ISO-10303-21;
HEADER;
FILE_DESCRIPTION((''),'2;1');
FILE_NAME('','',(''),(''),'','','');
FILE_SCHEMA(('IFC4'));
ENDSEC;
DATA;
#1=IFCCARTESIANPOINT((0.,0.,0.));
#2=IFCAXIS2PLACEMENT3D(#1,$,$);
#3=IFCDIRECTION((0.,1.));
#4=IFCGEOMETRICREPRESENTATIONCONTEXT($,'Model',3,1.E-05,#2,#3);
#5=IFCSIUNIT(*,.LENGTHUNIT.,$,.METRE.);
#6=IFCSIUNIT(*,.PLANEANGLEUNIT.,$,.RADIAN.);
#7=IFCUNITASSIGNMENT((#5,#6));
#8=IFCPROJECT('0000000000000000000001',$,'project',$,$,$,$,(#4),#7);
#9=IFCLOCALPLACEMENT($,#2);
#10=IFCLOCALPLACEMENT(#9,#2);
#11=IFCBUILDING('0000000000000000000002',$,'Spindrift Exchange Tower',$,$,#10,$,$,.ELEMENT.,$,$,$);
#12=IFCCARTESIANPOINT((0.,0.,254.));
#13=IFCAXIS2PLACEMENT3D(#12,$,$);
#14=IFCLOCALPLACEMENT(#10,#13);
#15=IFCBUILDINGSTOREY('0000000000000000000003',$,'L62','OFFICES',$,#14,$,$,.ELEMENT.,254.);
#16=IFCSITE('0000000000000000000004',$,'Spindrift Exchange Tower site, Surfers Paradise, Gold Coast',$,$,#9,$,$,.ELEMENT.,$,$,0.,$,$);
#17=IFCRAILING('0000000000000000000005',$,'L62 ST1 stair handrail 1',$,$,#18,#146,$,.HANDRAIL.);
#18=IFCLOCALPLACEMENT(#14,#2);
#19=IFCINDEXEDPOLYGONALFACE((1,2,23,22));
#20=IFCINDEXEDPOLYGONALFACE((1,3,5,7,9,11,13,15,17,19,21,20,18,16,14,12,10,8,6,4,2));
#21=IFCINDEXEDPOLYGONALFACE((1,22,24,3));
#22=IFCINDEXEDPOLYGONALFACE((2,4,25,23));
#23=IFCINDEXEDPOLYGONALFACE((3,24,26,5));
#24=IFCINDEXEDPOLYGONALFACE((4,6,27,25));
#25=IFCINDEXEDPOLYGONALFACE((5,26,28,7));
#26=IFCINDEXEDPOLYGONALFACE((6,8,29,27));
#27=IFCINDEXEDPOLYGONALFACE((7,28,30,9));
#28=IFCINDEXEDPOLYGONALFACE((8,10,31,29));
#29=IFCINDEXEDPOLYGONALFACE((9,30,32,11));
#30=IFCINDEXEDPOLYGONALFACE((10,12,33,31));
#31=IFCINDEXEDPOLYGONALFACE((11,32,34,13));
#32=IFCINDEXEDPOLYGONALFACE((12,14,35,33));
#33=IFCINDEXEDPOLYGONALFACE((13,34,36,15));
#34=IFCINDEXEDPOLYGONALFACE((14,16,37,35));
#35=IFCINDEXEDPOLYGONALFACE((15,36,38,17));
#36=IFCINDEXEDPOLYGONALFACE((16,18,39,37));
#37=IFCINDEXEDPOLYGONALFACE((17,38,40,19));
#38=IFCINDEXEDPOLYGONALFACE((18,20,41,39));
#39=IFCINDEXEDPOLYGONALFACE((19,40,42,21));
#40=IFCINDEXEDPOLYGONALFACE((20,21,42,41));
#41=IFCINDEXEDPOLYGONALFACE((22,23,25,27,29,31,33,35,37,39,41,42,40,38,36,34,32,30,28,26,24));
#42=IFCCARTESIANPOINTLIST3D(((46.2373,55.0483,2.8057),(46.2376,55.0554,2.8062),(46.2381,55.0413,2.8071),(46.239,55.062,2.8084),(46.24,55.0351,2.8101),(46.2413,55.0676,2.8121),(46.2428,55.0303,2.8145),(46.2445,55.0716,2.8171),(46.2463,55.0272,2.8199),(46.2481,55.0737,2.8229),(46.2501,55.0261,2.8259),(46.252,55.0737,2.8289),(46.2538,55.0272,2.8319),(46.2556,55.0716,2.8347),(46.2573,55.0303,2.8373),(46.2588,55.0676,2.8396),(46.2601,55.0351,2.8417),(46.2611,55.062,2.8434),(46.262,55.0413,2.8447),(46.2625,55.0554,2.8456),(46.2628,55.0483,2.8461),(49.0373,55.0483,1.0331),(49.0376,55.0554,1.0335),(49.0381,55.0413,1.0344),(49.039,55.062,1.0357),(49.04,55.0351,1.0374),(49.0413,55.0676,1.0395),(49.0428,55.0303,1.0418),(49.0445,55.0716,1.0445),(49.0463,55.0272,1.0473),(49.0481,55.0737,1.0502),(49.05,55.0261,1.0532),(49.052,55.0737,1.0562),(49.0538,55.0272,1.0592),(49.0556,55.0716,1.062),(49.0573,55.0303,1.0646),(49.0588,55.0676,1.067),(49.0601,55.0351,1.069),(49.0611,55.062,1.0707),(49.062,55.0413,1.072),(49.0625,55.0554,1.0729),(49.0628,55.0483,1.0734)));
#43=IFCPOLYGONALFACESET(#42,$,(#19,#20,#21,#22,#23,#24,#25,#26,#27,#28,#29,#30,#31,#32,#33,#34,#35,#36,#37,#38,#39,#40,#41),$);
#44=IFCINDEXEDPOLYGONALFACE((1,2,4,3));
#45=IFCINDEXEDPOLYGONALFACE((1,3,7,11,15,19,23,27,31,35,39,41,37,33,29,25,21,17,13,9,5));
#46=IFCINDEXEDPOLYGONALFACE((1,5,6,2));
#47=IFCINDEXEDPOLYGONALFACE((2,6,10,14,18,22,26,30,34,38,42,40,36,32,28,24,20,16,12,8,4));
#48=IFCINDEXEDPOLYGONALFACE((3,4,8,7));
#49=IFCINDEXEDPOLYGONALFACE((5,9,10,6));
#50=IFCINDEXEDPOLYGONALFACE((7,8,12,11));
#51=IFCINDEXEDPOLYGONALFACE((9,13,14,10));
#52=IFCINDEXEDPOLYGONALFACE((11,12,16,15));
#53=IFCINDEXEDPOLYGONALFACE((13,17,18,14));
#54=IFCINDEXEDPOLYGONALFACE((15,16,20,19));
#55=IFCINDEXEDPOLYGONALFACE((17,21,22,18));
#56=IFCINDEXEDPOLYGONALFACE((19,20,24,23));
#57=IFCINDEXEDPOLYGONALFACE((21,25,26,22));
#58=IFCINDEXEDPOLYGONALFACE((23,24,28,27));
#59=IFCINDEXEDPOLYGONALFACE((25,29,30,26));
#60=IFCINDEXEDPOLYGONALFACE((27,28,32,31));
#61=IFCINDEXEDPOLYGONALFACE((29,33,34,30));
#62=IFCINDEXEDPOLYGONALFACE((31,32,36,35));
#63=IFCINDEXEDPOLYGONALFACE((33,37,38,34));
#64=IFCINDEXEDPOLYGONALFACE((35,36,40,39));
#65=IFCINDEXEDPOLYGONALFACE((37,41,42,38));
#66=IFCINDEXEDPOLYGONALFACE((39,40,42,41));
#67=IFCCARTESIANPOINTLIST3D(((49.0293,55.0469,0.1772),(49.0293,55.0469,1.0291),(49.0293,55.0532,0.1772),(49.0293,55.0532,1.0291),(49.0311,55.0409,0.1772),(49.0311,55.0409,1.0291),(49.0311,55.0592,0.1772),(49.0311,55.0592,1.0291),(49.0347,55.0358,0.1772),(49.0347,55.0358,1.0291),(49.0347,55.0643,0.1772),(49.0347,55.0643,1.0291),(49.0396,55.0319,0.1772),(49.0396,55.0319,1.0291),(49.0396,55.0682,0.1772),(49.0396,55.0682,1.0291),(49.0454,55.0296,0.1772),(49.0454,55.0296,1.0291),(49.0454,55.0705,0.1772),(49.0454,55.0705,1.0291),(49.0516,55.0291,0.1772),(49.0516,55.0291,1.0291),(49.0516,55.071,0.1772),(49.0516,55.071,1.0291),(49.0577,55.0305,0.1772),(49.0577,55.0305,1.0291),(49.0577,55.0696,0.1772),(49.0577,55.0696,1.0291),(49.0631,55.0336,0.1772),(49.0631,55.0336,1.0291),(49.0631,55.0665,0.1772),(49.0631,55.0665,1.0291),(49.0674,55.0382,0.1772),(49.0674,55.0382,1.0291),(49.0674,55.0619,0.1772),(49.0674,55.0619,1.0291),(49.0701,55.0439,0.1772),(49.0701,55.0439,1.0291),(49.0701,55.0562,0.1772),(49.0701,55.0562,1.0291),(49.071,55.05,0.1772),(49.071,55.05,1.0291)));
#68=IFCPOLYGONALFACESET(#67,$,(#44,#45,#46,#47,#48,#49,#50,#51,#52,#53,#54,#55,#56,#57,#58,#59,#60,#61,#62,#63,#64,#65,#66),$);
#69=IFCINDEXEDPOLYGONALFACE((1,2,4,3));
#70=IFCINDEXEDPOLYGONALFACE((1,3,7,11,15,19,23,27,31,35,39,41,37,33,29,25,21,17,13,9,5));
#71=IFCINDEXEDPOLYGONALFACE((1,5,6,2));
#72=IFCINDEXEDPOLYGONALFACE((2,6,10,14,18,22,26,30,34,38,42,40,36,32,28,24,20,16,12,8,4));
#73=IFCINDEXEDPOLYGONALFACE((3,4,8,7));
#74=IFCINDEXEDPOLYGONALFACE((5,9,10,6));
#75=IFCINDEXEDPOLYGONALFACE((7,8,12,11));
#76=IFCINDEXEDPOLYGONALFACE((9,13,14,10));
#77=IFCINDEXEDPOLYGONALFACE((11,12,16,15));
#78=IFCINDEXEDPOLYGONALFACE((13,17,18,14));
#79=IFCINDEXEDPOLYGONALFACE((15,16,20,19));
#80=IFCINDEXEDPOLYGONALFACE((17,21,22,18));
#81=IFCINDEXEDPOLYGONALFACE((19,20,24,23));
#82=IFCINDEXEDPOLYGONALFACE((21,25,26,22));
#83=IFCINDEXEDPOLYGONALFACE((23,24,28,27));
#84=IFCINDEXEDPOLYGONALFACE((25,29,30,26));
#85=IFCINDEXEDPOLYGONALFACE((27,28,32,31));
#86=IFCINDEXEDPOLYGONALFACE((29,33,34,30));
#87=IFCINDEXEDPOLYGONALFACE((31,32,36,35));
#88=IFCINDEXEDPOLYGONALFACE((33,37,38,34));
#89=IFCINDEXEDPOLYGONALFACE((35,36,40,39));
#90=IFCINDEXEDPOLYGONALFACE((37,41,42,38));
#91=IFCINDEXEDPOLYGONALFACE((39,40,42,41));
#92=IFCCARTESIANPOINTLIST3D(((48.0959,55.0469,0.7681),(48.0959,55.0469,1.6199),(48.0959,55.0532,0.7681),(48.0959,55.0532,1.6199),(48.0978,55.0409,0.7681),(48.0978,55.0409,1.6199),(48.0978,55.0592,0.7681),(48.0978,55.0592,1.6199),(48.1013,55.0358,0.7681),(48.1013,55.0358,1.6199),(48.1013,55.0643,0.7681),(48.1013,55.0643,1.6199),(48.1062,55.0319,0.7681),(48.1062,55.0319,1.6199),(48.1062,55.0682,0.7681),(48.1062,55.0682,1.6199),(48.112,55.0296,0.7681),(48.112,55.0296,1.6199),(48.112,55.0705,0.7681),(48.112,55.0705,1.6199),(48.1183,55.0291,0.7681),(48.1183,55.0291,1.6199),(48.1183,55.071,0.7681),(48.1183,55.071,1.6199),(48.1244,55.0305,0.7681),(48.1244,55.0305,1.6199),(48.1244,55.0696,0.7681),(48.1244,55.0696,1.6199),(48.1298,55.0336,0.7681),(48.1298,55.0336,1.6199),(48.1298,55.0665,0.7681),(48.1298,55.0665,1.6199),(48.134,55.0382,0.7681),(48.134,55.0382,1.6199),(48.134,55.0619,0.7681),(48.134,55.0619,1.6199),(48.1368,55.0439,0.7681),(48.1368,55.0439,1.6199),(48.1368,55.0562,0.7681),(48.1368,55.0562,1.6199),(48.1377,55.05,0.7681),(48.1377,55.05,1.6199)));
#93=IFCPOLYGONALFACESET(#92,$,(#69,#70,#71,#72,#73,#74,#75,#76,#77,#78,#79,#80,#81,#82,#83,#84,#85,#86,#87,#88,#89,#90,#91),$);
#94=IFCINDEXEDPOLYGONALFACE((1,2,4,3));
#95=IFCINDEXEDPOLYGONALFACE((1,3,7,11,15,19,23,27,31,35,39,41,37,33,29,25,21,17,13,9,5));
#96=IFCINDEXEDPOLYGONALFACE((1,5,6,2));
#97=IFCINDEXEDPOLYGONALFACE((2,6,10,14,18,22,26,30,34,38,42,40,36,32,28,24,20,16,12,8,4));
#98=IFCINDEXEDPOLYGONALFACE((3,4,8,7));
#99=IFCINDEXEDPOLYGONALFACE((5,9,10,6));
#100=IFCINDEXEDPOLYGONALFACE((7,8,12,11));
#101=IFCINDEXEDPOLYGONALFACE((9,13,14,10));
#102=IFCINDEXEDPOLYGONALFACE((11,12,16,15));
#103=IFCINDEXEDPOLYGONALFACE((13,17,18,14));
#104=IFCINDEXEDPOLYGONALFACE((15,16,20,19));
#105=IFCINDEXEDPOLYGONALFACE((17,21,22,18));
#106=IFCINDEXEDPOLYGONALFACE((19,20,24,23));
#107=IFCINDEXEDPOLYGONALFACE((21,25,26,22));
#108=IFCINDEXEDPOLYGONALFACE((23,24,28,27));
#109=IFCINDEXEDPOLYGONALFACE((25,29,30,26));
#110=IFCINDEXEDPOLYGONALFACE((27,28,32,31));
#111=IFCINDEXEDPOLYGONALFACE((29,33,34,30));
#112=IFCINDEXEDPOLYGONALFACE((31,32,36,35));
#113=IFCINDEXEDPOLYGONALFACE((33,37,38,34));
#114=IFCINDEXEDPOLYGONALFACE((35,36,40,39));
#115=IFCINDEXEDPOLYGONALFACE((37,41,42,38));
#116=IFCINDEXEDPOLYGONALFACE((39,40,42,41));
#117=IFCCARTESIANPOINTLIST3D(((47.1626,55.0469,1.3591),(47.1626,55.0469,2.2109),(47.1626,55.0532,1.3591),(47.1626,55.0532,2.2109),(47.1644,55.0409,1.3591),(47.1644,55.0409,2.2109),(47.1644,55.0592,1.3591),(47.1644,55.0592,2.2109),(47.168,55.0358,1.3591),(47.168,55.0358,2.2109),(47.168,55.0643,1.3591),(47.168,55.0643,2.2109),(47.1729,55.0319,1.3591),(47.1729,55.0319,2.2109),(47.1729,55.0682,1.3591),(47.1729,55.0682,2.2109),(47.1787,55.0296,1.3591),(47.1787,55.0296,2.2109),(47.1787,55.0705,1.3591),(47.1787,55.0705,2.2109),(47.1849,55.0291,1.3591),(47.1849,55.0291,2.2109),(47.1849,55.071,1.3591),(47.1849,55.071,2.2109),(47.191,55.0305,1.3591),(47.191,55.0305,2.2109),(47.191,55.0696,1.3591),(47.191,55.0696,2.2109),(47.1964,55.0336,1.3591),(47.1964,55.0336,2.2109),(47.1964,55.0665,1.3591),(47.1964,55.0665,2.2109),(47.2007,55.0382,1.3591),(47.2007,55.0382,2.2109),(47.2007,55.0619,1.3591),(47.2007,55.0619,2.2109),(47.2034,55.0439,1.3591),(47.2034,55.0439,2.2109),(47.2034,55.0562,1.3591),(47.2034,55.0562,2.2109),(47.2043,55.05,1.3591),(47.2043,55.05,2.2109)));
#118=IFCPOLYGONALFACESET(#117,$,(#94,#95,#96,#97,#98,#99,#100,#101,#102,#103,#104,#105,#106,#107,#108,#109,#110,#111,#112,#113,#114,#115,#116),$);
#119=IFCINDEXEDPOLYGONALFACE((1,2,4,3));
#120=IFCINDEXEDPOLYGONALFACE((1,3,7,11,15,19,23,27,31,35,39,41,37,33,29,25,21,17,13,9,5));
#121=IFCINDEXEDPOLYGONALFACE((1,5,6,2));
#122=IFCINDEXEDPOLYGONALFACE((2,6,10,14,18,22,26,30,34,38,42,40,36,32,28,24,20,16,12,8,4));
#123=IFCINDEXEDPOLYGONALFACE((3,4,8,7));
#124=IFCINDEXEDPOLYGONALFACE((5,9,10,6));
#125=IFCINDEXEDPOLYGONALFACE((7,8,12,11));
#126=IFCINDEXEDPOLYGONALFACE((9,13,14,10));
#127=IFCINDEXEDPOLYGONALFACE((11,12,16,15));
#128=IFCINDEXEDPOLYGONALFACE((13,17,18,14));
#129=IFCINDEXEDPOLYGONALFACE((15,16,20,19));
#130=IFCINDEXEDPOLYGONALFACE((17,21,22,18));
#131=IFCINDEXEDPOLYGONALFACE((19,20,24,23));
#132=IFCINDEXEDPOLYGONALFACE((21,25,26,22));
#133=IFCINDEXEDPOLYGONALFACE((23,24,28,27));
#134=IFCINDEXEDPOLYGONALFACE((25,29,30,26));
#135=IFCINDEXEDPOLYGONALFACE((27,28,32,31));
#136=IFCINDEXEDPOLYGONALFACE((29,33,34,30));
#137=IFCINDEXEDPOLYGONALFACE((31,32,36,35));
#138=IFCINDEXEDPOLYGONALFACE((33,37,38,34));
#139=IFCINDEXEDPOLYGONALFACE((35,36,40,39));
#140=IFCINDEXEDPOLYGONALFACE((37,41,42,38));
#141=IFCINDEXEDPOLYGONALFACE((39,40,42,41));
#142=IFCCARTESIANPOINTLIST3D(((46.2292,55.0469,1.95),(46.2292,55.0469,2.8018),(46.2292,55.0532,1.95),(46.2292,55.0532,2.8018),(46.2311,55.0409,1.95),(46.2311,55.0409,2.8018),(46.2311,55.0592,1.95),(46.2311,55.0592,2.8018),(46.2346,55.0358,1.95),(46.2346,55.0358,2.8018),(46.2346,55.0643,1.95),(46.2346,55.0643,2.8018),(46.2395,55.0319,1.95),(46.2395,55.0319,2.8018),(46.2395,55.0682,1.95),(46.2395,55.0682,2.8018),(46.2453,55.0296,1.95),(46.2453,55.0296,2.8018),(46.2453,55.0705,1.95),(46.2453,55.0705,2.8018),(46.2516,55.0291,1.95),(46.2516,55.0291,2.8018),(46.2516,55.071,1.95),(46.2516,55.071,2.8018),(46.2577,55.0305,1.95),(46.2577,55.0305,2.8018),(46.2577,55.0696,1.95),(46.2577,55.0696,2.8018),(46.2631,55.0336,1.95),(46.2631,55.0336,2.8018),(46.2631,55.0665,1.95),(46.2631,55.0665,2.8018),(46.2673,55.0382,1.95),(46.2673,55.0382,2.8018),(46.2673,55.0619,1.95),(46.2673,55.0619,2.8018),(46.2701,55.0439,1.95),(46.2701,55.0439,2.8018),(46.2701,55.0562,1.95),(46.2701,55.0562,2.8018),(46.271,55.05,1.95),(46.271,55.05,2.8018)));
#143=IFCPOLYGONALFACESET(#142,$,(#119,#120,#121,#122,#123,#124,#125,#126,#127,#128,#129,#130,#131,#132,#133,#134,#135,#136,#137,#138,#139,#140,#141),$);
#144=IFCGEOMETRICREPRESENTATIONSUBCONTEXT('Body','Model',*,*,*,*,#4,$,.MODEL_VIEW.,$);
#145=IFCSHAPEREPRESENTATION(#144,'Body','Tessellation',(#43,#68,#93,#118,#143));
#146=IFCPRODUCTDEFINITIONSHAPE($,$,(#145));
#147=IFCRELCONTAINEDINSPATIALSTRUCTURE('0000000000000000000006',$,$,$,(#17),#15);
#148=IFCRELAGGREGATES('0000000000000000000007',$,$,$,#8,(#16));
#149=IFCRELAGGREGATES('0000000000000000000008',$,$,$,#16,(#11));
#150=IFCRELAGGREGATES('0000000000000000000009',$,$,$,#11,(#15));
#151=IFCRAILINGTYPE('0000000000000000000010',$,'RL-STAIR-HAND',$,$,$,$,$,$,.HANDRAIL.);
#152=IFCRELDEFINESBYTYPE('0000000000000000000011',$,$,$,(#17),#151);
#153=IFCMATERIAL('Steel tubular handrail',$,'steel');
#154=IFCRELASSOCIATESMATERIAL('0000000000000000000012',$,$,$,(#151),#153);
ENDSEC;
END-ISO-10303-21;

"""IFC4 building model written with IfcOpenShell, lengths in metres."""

from ifc_helpers import new_model, si_unit, direction, frame, origin, origin_2d, place, context, subcontext, project, spatial, circle, extrude, material, type_object, element, save


model = new_model("IFC4")

# Units and contexts
model_context = context("Model", 3, precision=1e-05, world=origin(), true_north=direction((0.0, 1.0)))
body_context = subcontext(model_context, "Body", "Model", "MODEL_VIEW")
ifc_project = project(units=[si_unit("LENGTHUNIT", "METRE"), si_unit("PLANEANGLEUNIT", "RADIAN")], contexts=[model_context])

# Site, building, storey
site_placement = place(None, origin())
site = spatial("IfcSite", under=ifc_project, at=site_placement, Name="Spindrift Exchange Tower site, Surfers Paradise, Gold Coast", CompositionType="ELEMENT", RefElevation=0.0)
building_placement = place(site_placement, origin())
building = spatial("IfcBuilding", under=site, at=building_placement, Name="Spindrift Exchange Tower", CompositionType="ELEMENT")
storey_placement = place(building_placement, frame((0.0, 0.0, 254.0)))
storey = spatial("IfcBuildingStorey", under=building, at=storey_placement, Name="L62", Description="OFFICES", CompositionType="ELEMENT", Elevation=254.0)

# Railing
ifc_material_1 = material(Name="Steel tubular handrail", Category="steel")
railing_type_1 = type_object("IfcRailingType", Name="RL-STAIR-HAND", PredefinedType="HANDRAIL", material=ifc_material_1)
railing_1_placement = place(storey_placement, frame((49.05, 55.05, 0.1772)))
element("IfcRailing", 1, at=railing_1_placement, inside=storey, type_object=railing_type_1, Name="L62 ST1 stair handrail 1", PredefinedType="HANDRAIL", context=body_context, shape_type="SweptSolid", body=[
    extrude(circle(Radius=0.0239, at=origin_2d()), frame((0.0, 0.0, 0.876), z_axis=(-0.844909, 0.0, 0.53491), x_axis=(0.0, -1.0, 0.0)), (0.0, 0.0, 1.0), 3.314),
    extrude(circle(Radius=0.021, at=origin_2d()), origin(), (0.0, 0.0, 1.0), 0.8518),
    extrude(circle(Radius=0.021, at=origin_2d()), frame((-0.9333, 0.0, 0.5908)), (0.0, 0.0, 1.0), 0.8518),
    extrude(circle(Radius=0.021, at=origin_2d()), frame((-1.8667, 0.0, 1.1819)), (0.0, 0.0, 1.0), 0.8518),
    extrude(circle(Radius=0.021, at=origin_2d()), frame((-2.8, 0.0, 1.7727)), (0.0, 0.0, 1.0), 0.8518),
])

save(model, "model.ifc")
